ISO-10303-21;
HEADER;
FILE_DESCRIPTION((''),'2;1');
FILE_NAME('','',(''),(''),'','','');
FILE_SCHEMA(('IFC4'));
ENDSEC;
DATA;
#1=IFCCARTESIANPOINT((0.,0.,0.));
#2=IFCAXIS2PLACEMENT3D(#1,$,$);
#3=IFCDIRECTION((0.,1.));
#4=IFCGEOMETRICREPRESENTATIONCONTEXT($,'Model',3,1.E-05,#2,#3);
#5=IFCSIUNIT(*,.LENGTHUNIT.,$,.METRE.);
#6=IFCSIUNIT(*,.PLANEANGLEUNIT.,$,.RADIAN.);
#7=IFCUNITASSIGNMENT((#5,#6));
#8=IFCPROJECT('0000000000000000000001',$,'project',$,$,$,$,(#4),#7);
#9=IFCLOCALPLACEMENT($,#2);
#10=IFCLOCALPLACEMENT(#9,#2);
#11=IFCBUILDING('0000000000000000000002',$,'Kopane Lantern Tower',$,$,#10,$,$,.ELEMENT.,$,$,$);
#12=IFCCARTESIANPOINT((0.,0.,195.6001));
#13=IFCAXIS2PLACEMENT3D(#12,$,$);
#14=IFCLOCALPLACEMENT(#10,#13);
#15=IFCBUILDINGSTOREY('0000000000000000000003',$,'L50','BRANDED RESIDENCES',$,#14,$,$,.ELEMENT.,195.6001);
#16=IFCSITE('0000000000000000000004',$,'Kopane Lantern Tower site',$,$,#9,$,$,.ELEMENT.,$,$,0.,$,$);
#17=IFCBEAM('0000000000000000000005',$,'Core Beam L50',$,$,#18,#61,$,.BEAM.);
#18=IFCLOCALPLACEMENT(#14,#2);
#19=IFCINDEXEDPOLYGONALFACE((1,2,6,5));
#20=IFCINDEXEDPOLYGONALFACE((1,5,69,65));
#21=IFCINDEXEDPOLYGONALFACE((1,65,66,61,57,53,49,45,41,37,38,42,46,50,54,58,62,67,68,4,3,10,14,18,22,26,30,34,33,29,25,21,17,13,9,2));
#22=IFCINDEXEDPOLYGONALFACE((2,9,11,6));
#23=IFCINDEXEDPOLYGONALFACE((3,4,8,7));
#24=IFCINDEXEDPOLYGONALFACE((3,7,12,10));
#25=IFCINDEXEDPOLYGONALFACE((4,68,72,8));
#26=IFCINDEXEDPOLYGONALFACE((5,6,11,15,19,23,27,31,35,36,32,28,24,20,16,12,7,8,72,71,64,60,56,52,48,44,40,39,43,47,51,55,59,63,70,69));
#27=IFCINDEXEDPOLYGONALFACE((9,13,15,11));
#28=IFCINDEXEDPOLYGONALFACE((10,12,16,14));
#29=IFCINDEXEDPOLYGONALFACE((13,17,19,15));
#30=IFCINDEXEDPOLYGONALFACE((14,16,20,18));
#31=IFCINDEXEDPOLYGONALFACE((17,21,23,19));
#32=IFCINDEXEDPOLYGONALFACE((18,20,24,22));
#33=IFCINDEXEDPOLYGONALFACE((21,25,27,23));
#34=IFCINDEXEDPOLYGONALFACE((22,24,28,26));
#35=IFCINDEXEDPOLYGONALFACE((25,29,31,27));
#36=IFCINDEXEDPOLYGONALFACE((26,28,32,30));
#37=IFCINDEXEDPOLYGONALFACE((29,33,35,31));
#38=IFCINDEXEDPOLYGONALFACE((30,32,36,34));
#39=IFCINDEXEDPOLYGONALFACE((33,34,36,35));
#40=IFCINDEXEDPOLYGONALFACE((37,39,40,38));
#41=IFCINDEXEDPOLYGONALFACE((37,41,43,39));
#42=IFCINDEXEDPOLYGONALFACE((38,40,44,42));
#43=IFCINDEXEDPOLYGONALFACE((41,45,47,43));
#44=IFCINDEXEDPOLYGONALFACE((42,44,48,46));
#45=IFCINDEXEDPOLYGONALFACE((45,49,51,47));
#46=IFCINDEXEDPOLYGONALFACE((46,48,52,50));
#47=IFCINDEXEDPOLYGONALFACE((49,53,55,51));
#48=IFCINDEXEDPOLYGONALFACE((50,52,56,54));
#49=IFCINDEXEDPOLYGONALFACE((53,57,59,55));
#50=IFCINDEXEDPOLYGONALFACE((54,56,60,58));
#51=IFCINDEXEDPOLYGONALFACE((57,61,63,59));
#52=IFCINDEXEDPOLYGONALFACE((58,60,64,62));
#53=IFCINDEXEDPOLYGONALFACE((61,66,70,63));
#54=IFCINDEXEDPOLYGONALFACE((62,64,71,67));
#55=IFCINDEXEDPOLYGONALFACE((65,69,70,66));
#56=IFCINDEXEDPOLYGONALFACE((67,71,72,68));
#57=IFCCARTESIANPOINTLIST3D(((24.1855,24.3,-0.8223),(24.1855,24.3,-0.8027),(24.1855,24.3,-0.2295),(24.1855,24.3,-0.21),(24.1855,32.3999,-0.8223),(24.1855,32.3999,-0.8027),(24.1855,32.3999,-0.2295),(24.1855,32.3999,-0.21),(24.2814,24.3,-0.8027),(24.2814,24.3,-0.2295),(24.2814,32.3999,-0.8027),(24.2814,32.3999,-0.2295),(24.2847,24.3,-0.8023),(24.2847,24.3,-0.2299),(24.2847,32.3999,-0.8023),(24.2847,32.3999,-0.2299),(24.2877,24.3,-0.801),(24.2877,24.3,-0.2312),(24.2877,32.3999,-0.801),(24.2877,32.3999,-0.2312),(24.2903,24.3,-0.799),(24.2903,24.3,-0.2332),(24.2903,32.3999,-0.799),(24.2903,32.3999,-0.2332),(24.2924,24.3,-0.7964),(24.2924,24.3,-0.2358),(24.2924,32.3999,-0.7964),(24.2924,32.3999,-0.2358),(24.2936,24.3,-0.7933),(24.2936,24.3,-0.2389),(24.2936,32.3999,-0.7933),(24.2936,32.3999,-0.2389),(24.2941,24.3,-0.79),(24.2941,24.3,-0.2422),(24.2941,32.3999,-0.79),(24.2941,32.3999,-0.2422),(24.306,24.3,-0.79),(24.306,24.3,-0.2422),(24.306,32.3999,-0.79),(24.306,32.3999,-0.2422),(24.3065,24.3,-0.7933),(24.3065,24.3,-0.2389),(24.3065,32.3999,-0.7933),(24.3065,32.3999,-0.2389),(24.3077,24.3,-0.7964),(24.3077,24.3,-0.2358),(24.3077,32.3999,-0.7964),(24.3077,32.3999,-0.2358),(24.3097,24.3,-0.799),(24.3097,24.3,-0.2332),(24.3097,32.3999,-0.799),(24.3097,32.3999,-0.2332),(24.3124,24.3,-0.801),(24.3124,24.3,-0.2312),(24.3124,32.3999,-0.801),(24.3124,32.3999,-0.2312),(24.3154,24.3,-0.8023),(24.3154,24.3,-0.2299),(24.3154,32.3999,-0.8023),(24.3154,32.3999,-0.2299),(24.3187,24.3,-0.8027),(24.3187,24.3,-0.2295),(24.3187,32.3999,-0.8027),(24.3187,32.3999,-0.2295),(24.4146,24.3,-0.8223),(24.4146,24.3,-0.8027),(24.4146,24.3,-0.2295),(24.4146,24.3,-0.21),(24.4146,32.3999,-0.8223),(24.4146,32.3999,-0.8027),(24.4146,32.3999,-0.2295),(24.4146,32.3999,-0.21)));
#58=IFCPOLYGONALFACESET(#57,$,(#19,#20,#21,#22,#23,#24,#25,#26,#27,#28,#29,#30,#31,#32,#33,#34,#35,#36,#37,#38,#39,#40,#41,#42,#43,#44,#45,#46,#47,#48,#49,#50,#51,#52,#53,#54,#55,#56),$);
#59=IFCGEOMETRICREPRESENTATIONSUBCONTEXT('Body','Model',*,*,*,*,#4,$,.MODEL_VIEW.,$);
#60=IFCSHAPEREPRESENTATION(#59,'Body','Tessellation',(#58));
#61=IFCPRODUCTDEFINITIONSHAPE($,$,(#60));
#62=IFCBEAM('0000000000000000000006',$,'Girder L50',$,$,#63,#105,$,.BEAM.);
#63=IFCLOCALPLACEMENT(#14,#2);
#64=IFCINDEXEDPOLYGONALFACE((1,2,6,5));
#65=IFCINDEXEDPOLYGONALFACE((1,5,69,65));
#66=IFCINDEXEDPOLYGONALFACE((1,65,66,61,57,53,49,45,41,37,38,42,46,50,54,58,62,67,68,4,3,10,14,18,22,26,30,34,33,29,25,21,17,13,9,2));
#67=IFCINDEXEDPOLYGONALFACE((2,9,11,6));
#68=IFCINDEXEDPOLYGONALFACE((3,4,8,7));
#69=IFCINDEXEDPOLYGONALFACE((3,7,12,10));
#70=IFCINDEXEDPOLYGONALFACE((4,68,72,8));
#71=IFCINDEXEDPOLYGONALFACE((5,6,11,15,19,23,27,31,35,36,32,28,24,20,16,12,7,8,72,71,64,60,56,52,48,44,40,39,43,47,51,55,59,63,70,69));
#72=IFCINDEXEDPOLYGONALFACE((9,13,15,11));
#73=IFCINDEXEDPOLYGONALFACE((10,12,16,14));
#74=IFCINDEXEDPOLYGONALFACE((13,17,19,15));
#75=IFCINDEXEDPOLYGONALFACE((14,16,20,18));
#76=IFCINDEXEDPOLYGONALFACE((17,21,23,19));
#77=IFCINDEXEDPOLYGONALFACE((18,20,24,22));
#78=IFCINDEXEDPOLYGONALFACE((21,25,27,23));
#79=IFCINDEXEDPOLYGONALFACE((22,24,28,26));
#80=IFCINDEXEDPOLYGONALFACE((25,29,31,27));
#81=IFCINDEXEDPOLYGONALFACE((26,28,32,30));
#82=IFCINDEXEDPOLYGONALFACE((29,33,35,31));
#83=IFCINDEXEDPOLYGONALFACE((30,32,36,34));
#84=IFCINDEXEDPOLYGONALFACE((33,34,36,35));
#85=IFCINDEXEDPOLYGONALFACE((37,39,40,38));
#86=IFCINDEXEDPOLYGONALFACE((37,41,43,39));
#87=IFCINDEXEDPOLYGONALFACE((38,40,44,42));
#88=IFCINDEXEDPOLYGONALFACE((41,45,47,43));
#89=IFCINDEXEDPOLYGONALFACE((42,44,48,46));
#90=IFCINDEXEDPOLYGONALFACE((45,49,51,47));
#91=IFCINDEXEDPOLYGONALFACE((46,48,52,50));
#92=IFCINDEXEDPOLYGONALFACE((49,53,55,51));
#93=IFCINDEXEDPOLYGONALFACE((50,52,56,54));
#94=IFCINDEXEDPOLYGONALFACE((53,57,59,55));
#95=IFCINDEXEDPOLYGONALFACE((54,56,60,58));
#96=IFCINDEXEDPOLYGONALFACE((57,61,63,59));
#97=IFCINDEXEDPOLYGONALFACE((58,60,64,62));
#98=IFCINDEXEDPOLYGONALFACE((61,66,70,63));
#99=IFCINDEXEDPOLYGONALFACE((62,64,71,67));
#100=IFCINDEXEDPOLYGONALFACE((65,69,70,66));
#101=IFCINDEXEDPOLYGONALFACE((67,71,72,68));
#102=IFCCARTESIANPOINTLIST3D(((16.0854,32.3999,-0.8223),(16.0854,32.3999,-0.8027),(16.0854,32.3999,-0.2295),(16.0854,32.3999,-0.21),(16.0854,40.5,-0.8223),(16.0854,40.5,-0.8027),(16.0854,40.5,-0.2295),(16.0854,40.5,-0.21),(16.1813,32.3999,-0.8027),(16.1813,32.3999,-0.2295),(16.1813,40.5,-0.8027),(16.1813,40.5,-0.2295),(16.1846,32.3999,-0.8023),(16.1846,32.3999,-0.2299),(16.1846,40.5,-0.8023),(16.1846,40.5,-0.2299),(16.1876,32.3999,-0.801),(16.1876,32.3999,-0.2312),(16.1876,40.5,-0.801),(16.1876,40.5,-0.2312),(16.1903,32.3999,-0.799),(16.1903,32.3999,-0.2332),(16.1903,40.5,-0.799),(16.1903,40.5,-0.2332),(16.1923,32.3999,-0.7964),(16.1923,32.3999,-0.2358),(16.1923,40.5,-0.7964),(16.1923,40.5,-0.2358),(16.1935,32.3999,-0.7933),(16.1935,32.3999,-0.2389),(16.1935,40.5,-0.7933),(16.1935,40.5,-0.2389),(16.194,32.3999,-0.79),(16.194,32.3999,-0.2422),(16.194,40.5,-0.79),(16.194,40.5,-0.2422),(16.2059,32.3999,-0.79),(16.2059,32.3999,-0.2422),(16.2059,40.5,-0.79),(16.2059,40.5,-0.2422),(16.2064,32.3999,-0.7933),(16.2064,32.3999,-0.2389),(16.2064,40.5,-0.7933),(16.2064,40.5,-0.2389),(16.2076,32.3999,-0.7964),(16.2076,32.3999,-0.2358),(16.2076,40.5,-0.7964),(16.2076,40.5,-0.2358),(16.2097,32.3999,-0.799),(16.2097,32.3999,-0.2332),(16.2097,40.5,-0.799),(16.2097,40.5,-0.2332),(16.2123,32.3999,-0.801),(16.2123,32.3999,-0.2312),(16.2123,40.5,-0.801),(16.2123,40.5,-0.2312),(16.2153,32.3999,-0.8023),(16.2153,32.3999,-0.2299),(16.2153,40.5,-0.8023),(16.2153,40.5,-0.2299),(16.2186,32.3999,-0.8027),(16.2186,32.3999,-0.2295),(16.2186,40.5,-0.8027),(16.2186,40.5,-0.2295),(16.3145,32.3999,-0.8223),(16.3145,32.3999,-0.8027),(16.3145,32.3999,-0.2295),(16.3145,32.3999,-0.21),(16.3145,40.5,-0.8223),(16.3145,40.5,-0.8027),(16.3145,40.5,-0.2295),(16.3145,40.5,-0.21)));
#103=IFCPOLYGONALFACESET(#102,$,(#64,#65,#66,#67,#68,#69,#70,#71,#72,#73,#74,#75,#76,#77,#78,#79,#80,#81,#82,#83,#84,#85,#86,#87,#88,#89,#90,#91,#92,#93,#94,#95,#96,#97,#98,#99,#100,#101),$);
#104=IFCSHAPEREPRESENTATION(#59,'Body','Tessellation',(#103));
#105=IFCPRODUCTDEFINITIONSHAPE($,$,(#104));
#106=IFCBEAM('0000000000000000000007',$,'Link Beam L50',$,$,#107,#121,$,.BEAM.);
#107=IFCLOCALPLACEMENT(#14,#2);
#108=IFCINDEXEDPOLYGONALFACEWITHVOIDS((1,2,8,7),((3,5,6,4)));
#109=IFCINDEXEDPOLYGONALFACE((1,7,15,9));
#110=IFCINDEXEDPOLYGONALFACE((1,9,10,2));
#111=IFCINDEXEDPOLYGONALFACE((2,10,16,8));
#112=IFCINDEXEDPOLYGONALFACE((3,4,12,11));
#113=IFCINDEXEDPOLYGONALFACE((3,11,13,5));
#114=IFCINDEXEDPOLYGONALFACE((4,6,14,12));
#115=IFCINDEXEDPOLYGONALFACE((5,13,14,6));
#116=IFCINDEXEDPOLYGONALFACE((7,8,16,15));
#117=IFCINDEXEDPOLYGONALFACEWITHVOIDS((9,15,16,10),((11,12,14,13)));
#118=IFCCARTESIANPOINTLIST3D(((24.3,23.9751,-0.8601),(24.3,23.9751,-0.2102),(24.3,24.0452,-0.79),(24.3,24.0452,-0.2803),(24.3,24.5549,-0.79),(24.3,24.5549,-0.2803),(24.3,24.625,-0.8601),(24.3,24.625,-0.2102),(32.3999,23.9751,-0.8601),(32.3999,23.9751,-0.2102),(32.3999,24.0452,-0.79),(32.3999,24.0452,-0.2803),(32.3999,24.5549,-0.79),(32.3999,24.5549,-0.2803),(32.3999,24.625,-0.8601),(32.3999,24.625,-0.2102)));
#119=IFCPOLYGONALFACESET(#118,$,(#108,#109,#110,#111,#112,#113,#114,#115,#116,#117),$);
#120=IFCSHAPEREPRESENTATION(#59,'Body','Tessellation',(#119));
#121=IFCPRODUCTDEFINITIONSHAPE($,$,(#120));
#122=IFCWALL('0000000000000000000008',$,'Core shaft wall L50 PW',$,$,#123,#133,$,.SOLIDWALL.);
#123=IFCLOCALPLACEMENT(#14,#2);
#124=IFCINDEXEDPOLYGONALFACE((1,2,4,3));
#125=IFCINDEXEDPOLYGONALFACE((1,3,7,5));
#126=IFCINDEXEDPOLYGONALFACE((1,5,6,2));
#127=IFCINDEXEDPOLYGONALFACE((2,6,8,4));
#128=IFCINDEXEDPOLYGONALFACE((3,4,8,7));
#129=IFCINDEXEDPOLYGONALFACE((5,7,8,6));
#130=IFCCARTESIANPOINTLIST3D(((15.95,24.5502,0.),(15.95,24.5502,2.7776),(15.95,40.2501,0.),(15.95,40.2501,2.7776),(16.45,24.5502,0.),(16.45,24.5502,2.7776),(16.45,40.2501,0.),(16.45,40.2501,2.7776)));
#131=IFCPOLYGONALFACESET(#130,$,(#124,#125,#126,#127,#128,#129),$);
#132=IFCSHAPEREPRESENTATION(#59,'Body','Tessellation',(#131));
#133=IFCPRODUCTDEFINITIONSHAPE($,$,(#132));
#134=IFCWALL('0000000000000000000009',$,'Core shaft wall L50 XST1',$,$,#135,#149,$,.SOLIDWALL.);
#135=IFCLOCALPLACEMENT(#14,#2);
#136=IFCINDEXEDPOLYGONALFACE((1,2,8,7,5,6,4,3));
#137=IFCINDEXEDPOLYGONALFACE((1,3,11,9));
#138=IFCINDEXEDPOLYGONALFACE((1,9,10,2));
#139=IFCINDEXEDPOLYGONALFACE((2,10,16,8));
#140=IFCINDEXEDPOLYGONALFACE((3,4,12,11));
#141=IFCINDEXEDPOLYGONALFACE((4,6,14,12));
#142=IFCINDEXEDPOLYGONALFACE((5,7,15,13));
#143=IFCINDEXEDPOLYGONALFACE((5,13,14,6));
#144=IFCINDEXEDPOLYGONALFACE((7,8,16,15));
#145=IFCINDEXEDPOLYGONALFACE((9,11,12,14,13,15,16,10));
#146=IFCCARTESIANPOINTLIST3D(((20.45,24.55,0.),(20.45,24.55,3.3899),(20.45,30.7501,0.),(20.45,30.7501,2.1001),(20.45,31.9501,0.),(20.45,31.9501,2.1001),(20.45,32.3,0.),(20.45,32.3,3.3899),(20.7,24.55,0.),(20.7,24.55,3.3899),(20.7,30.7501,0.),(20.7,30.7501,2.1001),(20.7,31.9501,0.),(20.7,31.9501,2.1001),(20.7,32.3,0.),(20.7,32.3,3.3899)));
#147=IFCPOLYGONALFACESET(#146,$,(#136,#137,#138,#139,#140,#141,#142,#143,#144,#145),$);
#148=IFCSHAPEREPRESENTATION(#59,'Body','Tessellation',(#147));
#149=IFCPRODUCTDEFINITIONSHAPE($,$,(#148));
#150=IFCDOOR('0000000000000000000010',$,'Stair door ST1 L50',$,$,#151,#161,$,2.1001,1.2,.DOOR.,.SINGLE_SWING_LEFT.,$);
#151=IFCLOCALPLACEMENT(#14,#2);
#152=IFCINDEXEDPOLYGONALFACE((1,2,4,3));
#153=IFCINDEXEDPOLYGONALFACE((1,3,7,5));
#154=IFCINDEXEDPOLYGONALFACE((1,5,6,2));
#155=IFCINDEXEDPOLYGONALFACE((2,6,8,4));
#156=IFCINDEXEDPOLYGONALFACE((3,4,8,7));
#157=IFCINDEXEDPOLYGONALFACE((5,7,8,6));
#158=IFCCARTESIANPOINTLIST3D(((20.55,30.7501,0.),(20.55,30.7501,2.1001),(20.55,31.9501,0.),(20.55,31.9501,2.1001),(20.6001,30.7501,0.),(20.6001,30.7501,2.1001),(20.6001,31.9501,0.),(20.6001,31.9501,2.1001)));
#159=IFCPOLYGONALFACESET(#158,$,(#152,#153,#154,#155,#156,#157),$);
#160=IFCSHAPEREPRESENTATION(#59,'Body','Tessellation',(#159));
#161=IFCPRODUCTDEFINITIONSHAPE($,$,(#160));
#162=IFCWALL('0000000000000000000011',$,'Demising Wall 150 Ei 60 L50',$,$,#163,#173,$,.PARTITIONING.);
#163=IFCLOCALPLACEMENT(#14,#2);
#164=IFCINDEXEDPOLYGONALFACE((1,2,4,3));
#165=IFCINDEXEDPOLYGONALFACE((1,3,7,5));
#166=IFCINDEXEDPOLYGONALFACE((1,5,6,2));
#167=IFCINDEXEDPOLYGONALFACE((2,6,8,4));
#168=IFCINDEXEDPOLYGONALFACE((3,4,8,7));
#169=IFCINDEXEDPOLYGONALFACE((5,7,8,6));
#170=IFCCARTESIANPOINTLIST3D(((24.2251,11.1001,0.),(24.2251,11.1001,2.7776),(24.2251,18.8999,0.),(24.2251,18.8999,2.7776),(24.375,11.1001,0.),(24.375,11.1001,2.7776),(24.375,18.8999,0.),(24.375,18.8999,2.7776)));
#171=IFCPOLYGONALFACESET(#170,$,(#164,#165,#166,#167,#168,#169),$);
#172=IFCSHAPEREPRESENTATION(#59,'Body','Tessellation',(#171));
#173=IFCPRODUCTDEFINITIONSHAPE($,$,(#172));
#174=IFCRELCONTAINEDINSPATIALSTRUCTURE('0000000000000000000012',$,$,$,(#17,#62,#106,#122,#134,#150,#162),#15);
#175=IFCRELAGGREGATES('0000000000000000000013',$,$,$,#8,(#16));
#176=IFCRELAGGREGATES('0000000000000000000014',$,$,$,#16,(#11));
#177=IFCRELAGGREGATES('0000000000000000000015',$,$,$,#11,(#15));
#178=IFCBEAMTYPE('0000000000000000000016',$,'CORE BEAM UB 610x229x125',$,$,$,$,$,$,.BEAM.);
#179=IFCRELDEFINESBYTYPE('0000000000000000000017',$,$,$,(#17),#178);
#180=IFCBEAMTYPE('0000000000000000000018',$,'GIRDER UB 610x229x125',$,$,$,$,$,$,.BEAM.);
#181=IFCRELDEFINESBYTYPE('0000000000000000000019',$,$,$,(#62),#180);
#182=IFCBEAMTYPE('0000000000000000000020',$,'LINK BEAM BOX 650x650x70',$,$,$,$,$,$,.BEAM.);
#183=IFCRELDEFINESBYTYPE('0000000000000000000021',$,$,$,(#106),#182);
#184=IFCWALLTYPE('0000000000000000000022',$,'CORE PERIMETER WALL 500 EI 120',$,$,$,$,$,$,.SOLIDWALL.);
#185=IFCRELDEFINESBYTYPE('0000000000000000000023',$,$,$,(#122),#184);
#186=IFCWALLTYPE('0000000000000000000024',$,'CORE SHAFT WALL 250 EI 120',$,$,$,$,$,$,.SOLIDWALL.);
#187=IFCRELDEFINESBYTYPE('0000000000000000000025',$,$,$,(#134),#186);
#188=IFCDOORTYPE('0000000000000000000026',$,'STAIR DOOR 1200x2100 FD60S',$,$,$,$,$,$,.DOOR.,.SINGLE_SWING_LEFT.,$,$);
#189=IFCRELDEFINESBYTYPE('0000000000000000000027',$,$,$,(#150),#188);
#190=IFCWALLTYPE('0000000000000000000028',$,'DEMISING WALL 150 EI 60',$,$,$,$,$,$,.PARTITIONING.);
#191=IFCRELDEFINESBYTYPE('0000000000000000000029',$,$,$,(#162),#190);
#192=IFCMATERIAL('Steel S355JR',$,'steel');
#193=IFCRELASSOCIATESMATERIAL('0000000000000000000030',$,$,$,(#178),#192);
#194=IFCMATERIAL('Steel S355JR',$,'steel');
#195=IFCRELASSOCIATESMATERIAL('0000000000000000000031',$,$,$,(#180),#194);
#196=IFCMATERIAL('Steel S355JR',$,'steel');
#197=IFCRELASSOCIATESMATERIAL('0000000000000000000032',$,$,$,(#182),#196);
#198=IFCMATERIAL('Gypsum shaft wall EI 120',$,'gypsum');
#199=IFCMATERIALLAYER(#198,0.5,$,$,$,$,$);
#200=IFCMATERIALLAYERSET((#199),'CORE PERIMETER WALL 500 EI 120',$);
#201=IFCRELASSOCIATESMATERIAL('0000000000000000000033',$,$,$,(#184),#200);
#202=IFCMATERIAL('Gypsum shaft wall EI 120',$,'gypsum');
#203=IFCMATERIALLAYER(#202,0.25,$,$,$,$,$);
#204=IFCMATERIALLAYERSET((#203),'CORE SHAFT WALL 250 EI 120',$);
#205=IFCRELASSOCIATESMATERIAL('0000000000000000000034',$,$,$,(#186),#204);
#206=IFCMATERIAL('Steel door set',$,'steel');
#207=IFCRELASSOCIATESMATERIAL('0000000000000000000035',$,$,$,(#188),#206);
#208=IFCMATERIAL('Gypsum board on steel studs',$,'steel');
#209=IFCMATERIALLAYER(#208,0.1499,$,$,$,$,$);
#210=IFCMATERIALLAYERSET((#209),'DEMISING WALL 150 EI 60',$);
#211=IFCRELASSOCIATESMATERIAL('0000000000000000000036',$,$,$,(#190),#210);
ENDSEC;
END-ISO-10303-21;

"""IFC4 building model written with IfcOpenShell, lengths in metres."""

from ifc_helpers import new_model, si_unit, direction, frame, frame_2d, origin, origin_2d, place, context, subcontext, project, spatial, rectangle, hollow_rectangle, i_section, extrude, material, layer, layer_set, material_profile, profile_set, type_object, element, fill, save


model = new_model("IFC4")

# Units and contexts
model_context = context("Model", 3, precision=1e-05, world=origin(), true_north=direction((0.0, 1.0)))
body_context = subcontext(model_context, "Body", "Model", "MODEL_VIEW")
ifc_project = project(units=[si_unit("LENGTHUNIT", "METRE"), si_unit("PLANEANGLEUNIT", "RADIAN")], contexts=[model_context])

# Site, building, storey
site_placement = place(None, origin())
site = spatial("IfcSite", under=ifc_project, at=site_placement, Name="Kopane Lantern Tower site", CompositionType="ELEMENT", RefElevation=0.0)
building_placement = place(site_placement, origin())
building = spatial("IfcBuilding", under=site, at=building_placement, Name="Kopane Lantern Tower", CompositionType="ELEMENT")
storey_placement = place(building_placement, frame((0.0, 0.0, 195.6001)))
storey = spatial("IfcBuildingStorey", under=building, at=storey_placement, Name="L50", Description="BRANDED RESIDENCES", CompositionType="ELEMENT", Elevation=195.6001)

# Beams
ifc_material_1 = material(Name="Steel S355JR", Category="steel")
ifc_material_profile_1 = material_profile(ifc_material_1, i_section(OverallWidth=0.229, OverallDepth=0.6123, WebThickness=0.012, FlangeThickness=0.0195, FilletRadius=0.0127, at=origin_2d()), Name="UB 610x229x125")
ifc_profile_set_1 = profile_set([ifc_material_profile_1], Name="Steel S355JR")
beam_type_1 = type_object("IfcBeamType", Name="CORE BEAM UB 610x229x125", PredefinedType="BEAM", material=ifc_profile_set_1)
beam_1_placement = place(storey_placement, frame((24.3, 24.3, -0.5161), z_axis=(0.0, 1.0, 0.0), x_axis=(-1.0, 0.0, 0.0)))
element("IfcBeam", 1, at=beam_1_placement, inside=storey, type_object=beam_type_1, Name="Core Beam L50", PredefinedType="BEAM", context=body_context, shape_type="SweptSolid", body=[
    extrude(i_section(OverallWidth=0.229, OverallDepth=0.6123, WebThickness=0.012, FlangeThickness=0.0195, FilletRadius=0.0127, at=origin_2d()), origin(), (0.0, 0.0, 1.0), 8.0999),
])
ifc_material_2 = material(Name="Steel S355JR", Category="steel")
ifc_material_profile_2 = material_profile(ifc_material_2, i_section(OverallWidth=0.229, OverallDepth=0.6123, WebThickness=0.012, FlangeThickness=0.0195, FilletRadius=0.0127, at=origin_2d()), Name="UB 610x229x125")
ifc_profile_set_2 = profile_set([ifc_material_profile_2], Name="Steel S355JR")
beam_type_2 = type_object("IfcBeamType", Name="GIRDER UB 610x229x125", PredefinedType="BEAM", material=ifc_profile_set_2)
beam_2_placement = place(storey_placement, frame((16.2, 32.3999, -0.5161), z_axis=(0.0, 1.0, 0.0), x_axis=(-1.0, 0.0, 0.0)))
element("IfcBeam", 2, at=beam_2_placement, inside=storey, type_object=beam_type_2, Name="Girder L50", PredefinedType="BEAM", context=body_context, shape_type="SweptSolid", body=[
    extrude(i_section(OverallWidth=0.229, OverallDepth=0.6123, WebThickness=0.012, FlangeThickness=0.0195, FilletRadius=0.0127, at=origin_2d()), origin(), (0.0, 0.0, 1.0), 8.1001),
])
ifc_material_3 = material(Name="Steel S355JR", Category="steel")
ifc_material_profile_3 = material_profile(ifc_material_3, hollow_rectangle(XDim=0.6499, YDim=0.6499, WallThickness=0.0701, at=origin_2d()), Name="BOX 650x650x70")
ifc_profile_set_3 = profile_set([ifc_material_profile_3], Name="Steel S355JR")
beam_type_3 = type_object("IfcBeamType", Name="LINK BEAM BOX 650x650x70", PredefinedType="BEAM", material=ifc_profile_set_3)
beam_3_placement = place(storey_placement, frame((24.3, 24.3, -0.5352), z_axis=(1.0, 0.0, 0.0), x_axis=(0.0, 1.0, 0.0)))
element("IfcBeam", 3, at=beam_3_placement, inside=storey, type_object=beam_type_3, Name="Link Beam L50", PredefinedType="BEAM", context=body_context, shape_type="SweptSolid", body=[
    extrude(hollow_rectangle(XDim=0.6499, YDim=0.6499, WallThickness=0.0701, at=origin_2d()), origin(), (0.0, 0.0, 1.0), 8.0999),
])

# Wall
ifc_material_4 = material(Name="Gypsum shaft wall EI 120", Category="gypsum")
ifc_layer_1 = layer(ifc_material_4, 0.5)
ifc_layer_set_1 = layer_set([ifc_layer_1], Name="CORE PERIMETER WALL 500 EI 120")
wall_type_1 = type_object("IfcWallType", Name="CORE PERIMETER WALL 500 EI 120", PredefinedType="SOLIDWALL", material=ifc_layer_set_1)
wall_1_placement = place(storey_placement, frame((16.2, 24.55, 0.0), z_axis=(0.0, 0.0, 1.0), x_axis=(0.0, 1.0, 0.0)))
element("IfcWall", 4, at=wall_1_placement, inside=storey, type_object=wall_type_1, Name="Core shaft wall L50 PW", PredefinedType="SOLIDWALL", context=body_context, shape_type="SweptSolid", body=[
    extrude(rectangle(XDim=15.7, YDim=0.5, at=frame_2d((7.8501, 0.0))), origin(), (0.0, 0.0, 1.0), 2.7776),
])

# Wall, opening, door
ifc_material_5 = material(Name="Gypsum shaft wall EI 120", Category="gypsum")
ifc_layer_2 = layer(ifc_material_5, 0.25)
ifc_layer_set_2 = layer_set([ifc_layer_2], Name="CORE SHAFT WALL 250 EI 120")
wall_type_2 = type_object("IfcWallType", Name="CORE SHAFT WALL 250 EI 120", PredefinedType="SOLIDWALL", material=ifc_layer_set_2)
wall_2_placement = place(storey_placement, frame((20.575, 24.55, 0.0), z_axis=(0.0, 0.0, 1.0), x_axis=(0.0, 1.0, 0.0)))
wall_2 = element("IfcWall", 5, at=wall_2_placement, inside=storey, type_object=wall_type_2, Name="Core shaft wall L50 XST1", PredefinedType="SOLIDWALL", context=body_context, shape_type="SweptSolid", body=[
    extrude(rectangle(XDim=7.75, YDim=0.25, at=frame_2d((3.875, 0.0))), origin(), (0.0, 0.0, 1.0), 3.3899),
])
opening_1_placement = place(wall_2_placement, frame((6.2, 0.0, 0.0)))
opening_1 = element("IfcOpeningElement", 6, at=opening_1_placement, cuts=wall_2, PredefinedType="OPENING", context=body_context, shape_type="SweptSolid", body=[
    extrude(rectangle(XDim=1.2, YDim=2.1001, at=frame_2d((0.6001, 1.05))), frame((0.0, 0.135, 0.0), z_axis=(0.0, -1.0, 0.0), x_axis=(1.0, 0.0, 0.0)), (0.0, 0.0, 1.0), 0.27),
])
ifc_material_6 = material(Name="Steel door set", Category="steel")
door_type_1 = type_object("IfcDoorType", Name="STAIR DOOR 1200x2100 FD60S", OperationType="SINGLE_SWING_LEFT", PredefinedType="DOOR", material=ifc_material_6)
door_1_placement = place(opening_1_placement, origin())
door_1 = element("IfcDoor", 7, at=door_1_placement, inside=storey, type_object=door_type_1, Name="Stair door ST1 L50", OperationType="SINGLE_SWING_LEFT", OverallHeight=2.1001, OverallWidth=1.2, PredefinedType="DOOR", context=body_context, shape_type="SweptSolid", body=[
    extrude(rectangle(XDim=1.2, YDim=2.1001, at=frame_2d((0.6001, 1.05))), frame((0.0, 0.0249, 0.0), z_axis=(0.0, -1.0, 0.0), x_axis=(1.0, 0.0, 0.0)), (0.0, 0.0, 1.0), 0.05),
])
fill(opening_1, door_1)

# Wall
ifc_material_7 = material(Name="Gypsum board on steel studs", Category="steel")
ifc_layer_3 = layer(ifc_material_7, 0.1499)
ifc_layer_set_3 = layer_set([ifc_layer_3], Name="DEMISING WALL 150 EI 60")
wall_type_3 = type_object("IfcWallType", Name="DEMISING WALL 150 EI 60", PredefinedType="PARTITIONING", material=ifc_layer_set_3)
wall_3_placement = place(storey_placement, frame((24.3, 18.8999, 0.0), z_axis=(0.0, 0.0, 1.0), x_axis=(0.0, -1.0, 0.0)))
element("IfcWall", 8, at=wall_3_placement, inside=storey, type_object=wall_type_3, Name="Demising Wall 150 Ei 60 L50", PredefinedType="PARTITIONING", context=body_context, shape_type="SweptSolid", body=[
    extrude(rectangle(XDim=7.7998, YDim=0.1499, at=frame_2d((3.8999, 0.0))), origin(), (0.0, 0.0, 1.0), 2.7776),
])

save(model, "model.ifc")
